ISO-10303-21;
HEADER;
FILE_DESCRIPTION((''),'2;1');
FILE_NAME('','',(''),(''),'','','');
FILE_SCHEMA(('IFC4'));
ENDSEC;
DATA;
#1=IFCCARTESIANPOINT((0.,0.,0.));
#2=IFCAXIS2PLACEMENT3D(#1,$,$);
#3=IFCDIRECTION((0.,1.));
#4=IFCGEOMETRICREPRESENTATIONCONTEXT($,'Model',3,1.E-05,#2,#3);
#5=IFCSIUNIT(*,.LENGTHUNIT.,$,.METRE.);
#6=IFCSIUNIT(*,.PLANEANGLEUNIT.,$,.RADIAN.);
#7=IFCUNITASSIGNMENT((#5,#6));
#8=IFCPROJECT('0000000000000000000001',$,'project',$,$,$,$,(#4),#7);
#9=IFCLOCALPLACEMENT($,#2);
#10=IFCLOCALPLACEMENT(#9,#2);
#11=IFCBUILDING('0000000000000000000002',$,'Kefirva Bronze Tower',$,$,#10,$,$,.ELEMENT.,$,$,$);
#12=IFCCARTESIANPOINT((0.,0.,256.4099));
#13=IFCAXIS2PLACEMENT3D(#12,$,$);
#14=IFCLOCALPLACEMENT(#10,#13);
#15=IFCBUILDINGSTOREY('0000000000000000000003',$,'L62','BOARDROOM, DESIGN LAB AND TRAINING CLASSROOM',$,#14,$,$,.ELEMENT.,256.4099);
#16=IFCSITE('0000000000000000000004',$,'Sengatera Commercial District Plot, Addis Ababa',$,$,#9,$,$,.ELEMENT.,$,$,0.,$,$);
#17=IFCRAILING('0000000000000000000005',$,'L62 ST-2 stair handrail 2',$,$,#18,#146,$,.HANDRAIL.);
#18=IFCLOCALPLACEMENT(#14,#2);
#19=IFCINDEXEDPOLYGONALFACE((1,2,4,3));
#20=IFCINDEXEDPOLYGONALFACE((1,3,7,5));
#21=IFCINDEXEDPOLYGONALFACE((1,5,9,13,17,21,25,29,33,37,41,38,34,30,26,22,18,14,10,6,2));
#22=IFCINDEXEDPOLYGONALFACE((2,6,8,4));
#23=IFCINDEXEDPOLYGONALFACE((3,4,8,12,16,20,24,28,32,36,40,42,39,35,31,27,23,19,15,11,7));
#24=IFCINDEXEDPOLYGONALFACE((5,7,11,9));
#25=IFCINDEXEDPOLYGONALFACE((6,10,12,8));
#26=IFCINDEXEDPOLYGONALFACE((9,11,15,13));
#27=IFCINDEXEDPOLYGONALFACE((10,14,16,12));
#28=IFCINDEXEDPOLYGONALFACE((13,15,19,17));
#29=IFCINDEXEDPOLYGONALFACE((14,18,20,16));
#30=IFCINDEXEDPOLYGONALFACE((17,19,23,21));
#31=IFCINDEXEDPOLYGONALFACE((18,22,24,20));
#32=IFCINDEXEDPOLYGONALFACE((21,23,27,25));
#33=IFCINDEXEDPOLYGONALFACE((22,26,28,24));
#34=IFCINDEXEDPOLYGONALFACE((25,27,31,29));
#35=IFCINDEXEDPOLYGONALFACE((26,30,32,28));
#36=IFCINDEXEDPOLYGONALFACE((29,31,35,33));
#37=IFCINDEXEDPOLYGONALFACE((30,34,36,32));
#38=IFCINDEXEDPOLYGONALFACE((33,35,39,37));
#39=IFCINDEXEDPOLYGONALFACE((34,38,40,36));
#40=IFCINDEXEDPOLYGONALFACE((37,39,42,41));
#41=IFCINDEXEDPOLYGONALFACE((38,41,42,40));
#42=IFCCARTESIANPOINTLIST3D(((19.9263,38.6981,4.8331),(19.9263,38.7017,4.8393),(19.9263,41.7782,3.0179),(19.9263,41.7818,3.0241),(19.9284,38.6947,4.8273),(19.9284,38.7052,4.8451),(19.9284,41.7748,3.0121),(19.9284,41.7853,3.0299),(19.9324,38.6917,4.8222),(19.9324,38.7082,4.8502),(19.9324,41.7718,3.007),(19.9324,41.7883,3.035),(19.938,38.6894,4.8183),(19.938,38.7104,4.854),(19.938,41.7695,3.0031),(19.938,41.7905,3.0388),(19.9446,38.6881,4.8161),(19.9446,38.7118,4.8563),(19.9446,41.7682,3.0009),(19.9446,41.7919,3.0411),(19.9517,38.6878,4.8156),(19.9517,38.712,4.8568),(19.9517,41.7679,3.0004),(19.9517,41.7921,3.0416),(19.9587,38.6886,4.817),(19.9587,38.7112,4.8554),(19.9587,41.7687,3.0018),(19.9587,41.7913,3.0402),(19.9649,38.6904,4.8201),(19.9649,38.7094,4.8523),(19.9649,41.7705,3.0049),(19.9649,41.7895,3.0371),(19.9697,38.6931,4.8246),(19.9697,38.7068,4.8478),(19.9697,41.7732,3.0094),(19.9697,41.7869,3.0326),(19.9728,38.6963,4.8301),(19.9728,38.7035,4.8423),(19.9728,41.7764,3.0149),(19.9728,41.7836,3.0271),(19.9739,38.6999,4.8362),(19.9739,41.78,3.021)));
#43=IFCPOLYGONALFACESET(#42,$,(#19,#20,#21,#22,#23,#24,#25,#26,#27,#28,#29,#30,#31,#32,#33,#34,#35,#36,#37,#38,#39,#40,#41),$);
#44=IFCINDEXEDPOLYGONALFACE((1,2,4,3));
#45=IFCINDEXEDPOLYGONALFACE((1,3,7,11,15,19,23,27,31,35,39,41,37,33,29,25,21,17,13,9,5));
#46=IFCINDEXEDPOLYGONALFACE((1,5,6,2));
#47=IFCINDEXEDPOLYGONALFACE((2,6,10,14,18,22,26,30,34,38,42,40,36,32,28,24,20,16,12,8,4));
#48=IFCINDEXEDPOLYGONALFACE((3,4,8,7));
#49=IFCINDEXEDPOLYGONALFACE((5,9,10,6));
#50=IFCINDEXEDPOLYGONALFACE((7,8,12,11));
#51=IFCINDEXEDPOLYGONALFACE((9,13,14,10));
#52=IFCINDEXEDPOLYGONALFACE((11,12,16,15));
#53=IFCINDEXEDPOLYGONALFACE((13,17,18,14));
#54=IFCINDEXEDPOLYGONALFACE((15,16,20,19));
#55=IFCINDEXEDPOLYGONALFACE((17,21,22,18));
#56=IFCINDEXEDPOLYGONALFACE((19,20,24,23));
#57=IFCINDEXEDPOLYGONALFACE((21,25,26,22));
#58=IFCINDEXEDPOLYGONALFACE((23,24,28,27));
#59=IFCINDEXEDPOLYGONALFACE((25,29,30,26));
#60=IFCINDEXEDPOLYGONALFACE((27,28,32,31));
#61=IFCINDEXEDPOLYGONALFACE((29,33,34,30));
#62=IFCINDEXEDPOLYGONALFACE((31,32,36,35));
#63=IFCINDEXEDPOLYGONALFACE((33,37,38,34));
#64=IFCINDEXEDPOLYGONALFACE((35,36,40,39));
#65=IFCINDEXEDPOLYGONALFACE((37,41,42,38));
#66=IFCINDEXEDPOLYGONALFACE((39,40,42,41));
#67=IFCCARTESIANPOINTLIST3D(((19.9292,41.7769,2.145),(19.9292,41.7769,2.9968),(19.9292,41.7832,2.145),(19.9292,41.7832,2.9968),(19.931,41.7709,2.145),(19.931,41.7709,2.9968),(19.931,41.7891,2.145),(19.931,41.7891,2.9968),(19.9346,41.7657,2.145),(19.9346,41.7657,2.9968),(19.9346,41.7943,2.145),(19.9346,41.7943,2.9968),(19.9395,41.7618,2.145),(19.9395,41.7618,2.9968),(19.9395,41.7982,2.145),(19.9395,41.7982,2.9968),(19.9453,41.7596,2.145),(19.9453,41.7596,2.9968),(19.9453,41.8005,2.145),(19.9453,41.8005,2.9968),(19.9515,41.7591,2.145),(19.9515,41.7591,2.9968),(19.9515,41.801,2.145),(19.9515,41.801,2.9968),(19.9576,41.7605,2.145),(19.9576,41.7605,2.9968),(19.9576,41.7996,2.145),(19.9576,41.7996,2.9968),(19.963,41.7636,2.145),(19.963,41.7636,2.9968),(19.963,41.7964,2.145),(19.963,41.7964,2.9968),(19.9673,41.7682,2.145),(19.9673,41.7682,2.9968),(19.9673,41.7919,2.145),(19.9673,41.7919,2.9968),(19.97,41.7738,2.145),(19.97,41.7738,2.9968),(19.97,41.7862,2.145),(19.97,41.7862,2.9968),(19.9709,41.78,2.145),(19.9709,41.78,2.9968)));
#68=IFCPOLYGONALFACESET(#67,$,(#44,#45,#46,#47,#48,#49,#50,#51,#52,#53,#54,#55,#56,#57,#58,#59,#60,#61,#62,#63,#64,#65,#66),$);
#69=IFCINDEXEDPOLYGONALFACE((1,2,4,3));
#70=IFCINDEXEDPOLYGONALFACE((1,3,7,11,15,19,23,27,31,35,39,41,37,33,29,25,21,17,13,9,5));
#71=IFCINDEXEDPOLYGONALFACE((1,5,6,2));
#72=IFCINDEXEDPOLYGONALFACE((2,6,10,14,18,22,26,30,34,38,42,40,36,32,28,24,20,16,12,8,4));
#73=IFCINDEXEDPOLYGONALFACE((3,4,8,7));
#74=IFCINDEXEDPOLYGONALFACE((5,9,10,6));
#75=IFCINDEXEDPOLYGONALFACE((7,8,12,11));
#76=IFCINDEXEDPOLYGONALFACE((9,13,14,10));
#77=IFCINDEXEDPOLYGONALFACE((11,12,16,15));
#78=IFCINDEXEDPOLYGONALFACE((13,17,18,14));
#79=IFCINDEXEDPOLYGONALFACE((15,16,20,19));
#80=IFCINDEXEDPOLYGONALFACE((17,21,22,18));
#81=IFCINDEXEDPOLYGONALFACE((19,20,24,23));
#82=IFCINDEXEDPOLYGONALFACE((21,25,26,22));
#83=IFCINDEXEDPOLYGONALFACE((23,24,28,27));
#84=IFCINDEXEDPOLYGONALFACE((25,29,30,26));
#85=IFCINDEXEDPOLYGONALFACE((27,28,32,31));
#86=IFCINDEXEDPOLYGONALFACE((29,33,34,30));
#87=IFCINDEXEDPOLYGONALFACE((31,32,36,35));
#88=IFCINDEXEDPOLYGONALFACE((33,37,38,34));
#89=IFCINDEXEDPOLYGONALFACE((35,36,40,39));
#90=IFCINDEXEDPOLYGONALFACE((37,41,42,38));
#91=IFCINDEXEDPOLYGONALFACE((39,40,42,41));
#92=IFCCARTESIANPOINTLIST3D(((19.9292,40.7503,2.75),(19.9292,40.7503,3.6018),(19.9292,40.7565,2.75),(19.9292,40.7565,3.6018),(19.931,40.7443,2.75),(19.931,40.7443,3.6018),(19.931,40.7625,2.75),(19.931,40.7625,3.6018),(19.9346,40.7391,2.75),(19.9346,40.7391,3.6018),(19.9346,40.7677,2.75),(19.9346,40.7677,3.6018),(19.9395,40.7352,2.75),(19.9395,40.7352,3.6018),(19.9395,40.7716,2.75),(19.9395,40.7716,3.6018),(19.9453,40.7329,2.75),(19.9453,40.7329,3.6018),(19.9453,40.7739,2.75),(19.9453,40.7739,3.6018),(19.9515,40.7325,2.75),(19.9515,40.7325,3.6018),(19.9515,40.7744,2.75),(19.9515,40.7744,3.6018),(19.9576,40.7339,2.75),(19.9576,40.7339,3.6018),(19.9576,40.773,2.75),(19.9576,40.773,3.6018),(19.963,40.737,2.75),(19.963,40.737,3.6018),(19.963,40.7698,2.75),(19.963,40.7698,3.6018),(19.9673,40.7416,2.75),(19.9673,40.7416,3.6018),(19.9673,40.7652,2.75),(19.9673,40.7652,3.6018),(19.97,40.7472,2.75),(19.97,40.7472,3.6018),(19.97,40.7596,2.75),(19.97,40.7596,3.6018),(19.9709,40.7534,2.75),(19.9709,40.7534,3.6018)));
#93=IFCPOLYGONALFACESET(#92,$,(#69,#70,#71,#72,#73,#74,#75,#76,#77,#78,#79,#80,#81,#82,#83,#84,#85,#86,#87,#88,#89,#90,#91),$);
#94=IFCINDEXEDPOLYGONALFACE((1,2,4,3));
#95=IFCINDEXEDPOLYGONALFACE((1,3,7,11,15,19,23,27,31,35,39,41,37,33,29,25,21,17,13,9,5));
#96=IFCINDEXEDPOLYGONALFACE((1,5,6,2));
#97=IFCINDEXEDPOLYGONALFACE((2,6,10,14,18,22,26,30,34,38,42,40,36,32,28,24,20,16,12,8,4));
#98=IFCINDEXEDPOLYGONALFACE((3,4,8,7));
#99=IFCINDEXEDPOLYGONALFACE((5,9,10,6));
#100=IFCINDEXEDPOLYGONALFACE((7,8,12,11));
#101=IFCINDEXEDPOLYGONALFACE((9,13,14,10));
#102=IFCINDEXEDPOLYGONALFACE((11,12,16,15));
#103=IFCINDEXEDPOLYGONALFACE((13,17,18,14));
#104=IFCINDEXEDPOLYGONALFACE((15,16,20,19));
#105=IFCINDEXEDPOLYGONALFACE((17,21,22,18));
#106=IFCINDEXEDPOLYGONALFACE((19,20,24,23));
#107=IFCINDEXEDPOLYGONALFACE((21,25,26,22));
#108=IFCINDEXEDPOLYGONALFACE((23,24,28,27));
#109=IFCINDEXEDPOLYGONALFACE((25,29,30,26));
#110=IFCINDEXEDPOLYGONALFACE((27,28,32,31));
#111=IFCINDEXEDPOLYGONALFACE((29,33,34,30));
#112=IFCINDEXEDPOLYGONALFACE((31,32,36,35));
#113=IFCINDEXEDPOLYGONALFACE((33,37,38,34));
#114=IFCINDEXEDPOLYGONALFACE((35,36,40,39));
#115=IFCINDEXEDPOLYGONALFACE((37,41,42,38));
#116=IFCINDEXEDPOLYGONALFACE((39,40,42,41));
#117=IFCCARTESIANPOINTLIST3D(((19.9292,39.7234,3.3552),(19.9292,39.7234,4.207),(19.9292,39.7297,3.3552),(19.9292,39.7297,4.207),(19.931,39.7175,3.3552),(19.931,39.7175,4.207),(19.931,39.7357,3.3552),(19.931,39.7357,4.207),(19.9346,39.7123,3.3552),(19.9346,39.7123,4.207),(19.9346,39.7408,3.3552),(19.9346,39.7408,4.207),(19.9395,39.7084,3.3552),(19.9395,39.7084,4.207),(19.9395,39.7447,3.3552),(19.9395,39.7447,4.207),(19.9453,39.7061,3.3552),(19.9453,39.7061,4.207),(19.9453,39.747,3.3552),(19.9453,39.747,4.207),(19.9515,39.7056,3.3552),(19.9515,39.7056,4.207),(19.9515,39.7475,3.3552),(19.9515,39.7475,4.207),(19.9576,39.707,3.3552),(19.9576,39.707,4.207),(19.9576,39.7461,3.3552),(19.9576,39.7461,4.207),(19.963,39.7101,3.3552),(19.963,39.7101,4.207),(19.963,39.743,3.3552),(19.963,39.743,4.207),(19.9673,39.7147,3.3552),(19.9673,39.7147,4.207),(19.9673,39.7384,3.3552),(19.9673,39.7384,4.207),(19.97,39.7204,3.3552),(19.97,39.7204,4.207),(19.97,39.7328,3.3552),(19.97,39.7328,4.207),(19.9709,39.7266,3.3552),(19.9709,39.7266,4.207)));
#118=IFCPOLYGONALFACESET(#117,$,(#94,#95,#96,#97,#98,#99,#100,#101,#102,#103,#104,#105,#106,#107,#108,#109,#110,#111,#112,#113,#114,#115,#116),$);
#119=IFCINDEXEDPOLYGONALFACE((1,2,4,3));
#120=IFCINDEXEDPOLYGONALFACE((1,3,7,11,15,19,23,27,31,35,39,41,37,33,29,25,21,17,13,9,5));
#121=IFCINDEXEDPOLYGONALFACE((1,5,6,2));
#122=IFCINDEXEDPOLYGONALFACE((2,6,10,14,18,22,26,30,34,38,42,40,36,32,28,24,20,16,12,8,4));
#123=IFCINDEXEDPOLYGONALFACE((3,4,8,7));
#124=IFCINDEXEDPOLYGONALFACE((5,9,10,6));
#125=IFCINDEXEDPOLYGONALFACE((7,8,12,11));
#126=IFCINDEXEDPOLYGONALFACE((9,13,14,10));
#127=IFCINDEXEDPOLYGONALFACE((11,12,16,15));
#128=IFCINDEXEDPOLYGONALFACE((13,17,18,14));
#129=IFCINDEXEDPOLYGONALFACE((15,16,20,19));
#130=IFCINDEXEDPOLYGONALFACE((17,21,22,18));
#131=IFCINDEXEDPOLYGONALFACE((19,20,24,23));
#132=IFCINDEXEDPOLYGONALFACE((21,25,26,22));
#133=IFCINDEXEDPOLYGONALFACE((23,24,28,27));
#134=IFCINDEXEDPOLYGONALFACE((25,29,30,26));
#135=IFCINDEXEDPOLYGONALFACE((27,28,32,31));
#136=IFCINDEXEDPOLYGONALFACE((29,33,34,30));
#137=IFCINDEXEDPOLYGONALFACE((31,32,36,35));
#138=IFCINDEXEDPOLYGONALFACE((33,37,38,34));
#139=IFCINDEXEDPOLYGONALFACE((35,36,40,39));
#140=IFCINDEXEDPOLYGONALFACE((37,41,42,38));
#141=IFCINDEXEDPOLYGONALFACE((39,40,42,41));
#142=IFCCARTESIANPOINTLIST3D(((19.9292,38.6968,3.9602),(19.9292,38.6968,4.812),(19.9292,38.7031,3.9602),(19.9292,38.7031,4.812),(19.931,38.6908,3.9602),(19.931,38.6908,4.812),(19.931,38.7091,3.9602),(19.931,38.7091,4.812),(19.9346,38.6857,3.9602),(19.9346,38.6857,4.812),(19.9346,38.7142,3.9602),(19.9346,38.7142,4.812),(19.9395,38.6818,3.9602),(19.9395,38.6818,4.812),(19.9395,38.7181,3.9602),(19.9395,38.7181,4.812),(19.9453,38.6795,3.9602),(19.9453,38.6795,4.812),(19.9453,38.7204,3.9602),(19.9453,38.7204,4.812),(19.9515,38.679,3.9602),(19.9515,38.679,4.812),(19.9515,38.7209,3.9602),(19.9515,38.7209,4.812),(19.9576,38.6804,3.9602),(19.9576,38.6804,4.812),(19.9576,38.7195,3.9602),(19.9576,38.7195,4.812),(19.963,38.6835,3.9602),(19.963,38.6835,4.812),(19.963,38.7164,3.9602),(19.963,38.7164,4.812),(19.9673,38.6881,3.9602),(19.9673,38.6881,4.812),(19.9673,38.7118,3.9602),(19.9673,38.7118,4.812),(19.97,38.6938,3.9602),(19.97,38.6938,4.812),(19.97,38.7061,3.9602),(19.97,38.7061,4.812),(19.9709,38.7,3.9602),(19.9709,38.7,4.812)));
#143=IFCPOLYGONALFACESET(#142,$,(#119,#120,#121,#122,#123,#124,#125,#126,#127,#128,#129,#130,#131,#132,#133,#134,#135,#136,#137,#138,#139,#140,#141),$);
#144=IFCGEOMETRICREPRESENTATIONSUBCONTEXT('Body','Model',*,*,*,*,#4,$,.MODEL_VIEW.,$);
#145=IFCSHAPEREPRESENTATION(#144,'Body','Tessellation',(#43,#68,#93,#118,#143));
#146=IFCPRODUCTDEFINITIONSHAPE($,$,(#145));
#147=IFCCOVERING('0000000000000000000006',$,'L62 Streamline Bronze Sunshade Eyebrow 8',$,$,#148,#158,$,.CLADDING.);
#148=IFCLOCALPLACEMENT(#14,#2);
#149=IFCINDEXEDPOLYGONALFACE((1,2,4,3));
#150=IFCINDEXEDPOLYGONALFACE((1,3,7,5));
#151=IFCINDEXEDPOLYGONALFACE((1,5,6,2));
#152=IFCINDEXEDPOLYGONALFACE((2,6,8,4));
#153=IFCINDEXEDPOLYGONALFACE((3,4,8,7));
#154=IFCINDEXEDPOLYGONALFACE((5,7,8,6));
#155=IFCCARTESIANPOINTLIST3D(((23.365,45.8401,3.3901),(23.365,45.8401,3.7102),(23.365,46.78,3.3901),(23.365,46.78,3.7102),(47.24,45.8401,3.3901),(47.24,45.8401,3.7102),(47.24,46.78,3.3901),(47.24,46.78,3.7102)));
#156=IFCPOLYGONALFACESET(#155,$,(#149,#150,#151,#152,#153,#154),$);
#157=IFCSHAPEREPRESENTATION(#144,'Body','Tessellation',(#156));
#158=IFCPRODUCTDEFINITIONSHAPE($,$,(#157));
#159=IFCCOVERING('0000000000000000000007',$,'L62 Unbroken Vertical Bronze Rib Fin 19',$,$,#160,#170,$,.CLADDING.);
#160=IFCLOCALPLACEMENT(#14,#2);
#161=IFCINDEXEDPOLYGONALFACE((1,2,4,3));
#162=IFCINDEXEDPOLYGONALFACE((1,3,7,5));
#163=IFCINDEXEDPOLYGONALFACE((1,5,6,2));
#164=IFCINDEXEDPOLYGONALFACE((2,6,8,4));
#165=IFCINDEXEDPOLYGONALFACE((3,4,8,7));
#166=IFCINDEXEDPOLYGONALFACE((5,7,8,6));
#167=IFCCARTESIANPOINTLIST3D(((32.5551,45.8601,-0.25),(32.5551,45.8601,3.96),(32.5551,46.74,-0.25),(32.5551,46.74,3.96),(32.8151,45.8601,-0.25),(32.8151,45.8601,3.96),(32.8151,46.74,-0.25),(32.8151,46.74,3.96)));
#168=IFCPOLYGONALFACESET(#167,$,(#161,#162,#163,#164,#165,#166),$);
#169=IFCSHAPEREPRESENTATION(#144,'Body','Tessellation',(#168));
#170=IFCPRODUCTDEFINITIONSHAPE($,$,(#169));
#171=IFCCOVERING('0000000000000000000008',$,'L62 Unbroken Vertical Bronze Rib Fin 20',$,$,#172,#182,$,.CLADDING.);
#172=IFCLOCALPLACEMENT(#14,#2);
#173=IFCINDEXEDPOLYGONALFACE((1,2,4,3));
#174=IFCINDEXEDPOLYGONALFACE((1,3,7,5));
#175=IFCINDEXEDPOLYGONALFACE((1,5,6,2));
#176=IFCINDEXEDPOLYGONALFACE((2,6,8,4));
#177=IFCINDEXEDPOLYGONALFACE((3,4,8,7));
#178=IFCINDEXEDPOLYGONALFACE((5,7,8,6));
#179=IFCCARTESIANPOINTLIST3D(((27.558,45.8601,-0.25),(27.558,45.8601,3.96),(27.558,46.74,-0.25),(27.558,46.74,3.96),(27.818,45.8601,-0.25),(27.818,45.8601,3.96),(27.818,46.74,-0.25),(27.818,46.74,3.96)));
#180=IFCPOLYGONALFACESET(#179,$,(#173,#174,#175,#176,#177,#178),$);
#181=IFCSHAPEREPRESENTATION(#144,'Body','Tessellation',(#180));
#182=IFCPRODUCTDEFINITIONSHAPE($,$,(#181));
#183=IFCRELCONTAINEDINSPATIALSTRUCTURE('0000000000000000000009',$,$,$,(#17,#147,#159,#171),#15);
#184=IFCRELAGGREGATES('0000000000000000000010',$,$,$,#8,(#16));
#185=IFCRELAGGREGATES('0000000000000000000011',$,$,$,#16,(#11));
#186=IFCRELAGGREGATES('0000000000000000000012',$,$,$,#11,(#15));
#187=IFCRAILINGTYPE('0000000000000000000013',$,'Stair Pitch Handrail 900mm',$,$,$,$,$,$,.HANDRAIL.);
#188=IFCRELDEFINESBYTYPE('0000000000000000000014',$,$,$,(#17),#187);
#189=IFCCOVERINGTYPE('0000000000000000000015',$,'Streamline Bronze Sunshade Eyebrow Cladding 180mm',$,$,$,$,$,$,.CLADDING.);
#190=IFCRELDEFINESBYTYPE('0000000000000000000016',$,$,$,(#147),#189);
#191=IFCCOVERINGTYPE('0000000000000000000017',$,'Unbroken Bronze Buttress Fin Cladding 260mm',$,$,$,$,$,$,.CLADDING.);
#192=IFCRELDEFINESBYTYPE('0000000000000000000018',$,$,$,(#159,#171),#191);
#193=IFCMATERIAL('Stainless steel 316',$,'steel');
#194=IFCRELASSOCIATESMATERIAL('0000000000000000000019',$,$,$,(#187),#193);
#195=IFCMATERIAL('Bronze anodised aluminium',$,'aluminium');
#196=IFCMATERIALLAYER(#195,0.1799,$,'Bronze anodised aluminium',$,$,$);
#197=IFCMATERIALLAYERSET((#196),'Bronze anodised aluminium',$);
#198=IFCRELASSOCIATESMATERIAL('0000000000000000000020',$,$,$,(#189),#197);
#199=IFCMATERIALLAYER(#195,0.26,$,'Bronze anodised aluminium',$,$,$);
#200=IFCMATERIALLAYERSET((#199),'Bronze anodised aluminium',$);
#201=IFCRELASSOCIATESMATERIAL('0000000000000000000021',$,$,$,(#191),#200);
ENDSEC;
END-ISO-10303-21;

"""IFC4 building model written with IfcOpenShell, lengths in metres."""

from ifc_helpers import new_model, si_unit, direction, frame, origin, origin_2d, place, context, subcontext, project, spatial, rectangle, circle, extrude, material, layer, layer_set, type_object, element, save


model = new_model("IFC4")

# Units and contexts
model_context = context("Model", 3, precision=1e-05, world=origin(), true_north=direction((0.0, 1.0)))
body_context = subcontext(model_context, "Body", "Model", "MODEL_VIEW")
ifc_project = project(units=[si_unit("LENGTHUNIT", "METRE"), si_unit("PLANEANGLEUNIT", "RADIAN")], contexts=[model_context])

# Site, building, storey
site_placement = place(None, origin())
site = spatial("IfcSite", under=ifc_project, at=site_placement, Name="Sengatera Commercial District Plot, Addis Ababa", CompositionType="ELEMENT", RefElevation=0.0)
building_placement = place(site_placement, origin())
building = spatial("IfcBuilding", under=site, at=building_placement, Name="Kefirva Bronze Tower", CompositionType="ELEMENT")
storey_placement = place(building_placement, frame((0.0, 0.0, 256.4099)))
storey = spatial("IfcBuildingStorey", under=building, at=storey_placement, Name="L62", Description="BOARDROOM, DESIGN LAB AND TRAINING CLASSROOM", CompositionType="ELEMENT", Elevation=256.4099)

# Shared definitions
ifc_material_1 = material(Name="Bronze anodised aluminium", Category="aluminium")

# Railing
ifc_material_2 = material(Name="Stainless steel 316", Category="steel")
railing_type_1 = type_object("IfcRailingType", Name="Stair Pitch Handrail 900mm", PredefinedType="HANDRAIL", material=ifc_material_2)
railing_1_placement = place(storey_placement, frame((19.95, 41.78, 2.145)))
element("IfcRailing", 1, at=railing_1_placement, inside=storey, type_object=railing_type_1, Name="L62 ST-2 stair handrail 2", PredefinedType="HANDRAIL", context=body_context, shape_type="SweptSolid", body=[
    extrude(circle(Radius=0.0239, at=origin_2d()), frame((0.0, 0.0, 0.876), z_axis=(0.0, -0.861521, 0.507721), x_axis=(1.0, 0.0, 0.0)), (0.0, 0.0, 1.0), 3.5752),
    extrude(circle(Radius=0.021, at=origin_2d()), origin(), (0.0, 0.0, 1.0), 0.8518),
    extrude(circle(Radius=0.021, at=origin_2d()), frame((0.0, -1.0266, 0.605)), (0.0, 0.0, 1.0), 0.8518),
    extrude(circle(Radius=0.021, at=origin_2d()), frame((0.0, -2.0535, 1.2102)), (0.0, 0.0, 1.0), 0.8518),
    extrude(circle(Radius=0.021, at=origin_2d()), frame((0.0, -3.0801, 1.8152)), (0.0, 0.0, 1.0), 0.8518),
])

# Coverings
ifc_layer_1 = layer(ifc_material_1, 0.1799, Name="Bronze anodised aluminium")
ifc_layer_set_1 = layer_set([ifc_layer_1], Name="Bronze anodised aluminium")
covering_type_1 = type_object("IfcCoveringType", Name="Streamline Bronze Sunshade Eyebrow Cladding 180mm", PredefinedType="CLADDING", material=ifc_layer_set_1)
covering_1_placement = place(storey_placement, frame((35.3025, 46.3101, 3.3901), z_axis=(0.0, 0.0, 1.0), x_axis=(-1.0, 0.0, 0.0)))
element("IfcCovering", 2, at=covering_1_placement, inside=storey, type_object=covering_type_1, Name="L62 Streamline Bronze Sunshade Eyebrow 8", PredefinedType="CLADDING", context=body_context, shape_type="SweptSolid", body=[
    extrude(rectangle(XDim=23.875, YDim=0.9399, at=origin_2d()), origin(), (0.0, 0.0, 1.0), 0.3201),
])
ifc_layer_2 = layer(ifc_material_1, 0.26, Name="Bronze anodised aluminium")
ifc_layer_set_2 = layer_set([ifc_layer_2], Name="Bronze anodised aluminium")
covering_type_2 = type_object("IfcCoveringType", Name="Unbroken Bronze Buttress Fin Cladding 260mm", PredefinedType="CLADDING", material=ifc_layer_set_2)
for number, where, z_axis, x_axis, name in (
    (3, (32.6851, 46.3, -0.25), (0.0, 0.0, 1.0), (-1.0, 0.0, 0.0), "L62 Unbroken Vertical Bronze Rib Fin 19"),
    (4, (27.688, 46.3, -0.25), (0.0, 0.0, 1.0), (-1.0, 0.0, 0.0), "L62 Unbroken Vertical Bronze Rib Fin 20"),
):
    element("IfcCovering", number, at=place(storey_placement, frame(where, z_axis=z_axis, x_axis=x_axis)), inside=storey, type_object=covering_type_2, Name=name, PredefinedType="CLADDING", context=body_context, shape_type="SweptSolid", body=[
        extrude(rectangle(XDim=0.26, YDim=0.8799, at=origin_2d()), origin(), (0.0, 0.0, 1.0), 4.21),
    ])

save(model, "model.ifc")
